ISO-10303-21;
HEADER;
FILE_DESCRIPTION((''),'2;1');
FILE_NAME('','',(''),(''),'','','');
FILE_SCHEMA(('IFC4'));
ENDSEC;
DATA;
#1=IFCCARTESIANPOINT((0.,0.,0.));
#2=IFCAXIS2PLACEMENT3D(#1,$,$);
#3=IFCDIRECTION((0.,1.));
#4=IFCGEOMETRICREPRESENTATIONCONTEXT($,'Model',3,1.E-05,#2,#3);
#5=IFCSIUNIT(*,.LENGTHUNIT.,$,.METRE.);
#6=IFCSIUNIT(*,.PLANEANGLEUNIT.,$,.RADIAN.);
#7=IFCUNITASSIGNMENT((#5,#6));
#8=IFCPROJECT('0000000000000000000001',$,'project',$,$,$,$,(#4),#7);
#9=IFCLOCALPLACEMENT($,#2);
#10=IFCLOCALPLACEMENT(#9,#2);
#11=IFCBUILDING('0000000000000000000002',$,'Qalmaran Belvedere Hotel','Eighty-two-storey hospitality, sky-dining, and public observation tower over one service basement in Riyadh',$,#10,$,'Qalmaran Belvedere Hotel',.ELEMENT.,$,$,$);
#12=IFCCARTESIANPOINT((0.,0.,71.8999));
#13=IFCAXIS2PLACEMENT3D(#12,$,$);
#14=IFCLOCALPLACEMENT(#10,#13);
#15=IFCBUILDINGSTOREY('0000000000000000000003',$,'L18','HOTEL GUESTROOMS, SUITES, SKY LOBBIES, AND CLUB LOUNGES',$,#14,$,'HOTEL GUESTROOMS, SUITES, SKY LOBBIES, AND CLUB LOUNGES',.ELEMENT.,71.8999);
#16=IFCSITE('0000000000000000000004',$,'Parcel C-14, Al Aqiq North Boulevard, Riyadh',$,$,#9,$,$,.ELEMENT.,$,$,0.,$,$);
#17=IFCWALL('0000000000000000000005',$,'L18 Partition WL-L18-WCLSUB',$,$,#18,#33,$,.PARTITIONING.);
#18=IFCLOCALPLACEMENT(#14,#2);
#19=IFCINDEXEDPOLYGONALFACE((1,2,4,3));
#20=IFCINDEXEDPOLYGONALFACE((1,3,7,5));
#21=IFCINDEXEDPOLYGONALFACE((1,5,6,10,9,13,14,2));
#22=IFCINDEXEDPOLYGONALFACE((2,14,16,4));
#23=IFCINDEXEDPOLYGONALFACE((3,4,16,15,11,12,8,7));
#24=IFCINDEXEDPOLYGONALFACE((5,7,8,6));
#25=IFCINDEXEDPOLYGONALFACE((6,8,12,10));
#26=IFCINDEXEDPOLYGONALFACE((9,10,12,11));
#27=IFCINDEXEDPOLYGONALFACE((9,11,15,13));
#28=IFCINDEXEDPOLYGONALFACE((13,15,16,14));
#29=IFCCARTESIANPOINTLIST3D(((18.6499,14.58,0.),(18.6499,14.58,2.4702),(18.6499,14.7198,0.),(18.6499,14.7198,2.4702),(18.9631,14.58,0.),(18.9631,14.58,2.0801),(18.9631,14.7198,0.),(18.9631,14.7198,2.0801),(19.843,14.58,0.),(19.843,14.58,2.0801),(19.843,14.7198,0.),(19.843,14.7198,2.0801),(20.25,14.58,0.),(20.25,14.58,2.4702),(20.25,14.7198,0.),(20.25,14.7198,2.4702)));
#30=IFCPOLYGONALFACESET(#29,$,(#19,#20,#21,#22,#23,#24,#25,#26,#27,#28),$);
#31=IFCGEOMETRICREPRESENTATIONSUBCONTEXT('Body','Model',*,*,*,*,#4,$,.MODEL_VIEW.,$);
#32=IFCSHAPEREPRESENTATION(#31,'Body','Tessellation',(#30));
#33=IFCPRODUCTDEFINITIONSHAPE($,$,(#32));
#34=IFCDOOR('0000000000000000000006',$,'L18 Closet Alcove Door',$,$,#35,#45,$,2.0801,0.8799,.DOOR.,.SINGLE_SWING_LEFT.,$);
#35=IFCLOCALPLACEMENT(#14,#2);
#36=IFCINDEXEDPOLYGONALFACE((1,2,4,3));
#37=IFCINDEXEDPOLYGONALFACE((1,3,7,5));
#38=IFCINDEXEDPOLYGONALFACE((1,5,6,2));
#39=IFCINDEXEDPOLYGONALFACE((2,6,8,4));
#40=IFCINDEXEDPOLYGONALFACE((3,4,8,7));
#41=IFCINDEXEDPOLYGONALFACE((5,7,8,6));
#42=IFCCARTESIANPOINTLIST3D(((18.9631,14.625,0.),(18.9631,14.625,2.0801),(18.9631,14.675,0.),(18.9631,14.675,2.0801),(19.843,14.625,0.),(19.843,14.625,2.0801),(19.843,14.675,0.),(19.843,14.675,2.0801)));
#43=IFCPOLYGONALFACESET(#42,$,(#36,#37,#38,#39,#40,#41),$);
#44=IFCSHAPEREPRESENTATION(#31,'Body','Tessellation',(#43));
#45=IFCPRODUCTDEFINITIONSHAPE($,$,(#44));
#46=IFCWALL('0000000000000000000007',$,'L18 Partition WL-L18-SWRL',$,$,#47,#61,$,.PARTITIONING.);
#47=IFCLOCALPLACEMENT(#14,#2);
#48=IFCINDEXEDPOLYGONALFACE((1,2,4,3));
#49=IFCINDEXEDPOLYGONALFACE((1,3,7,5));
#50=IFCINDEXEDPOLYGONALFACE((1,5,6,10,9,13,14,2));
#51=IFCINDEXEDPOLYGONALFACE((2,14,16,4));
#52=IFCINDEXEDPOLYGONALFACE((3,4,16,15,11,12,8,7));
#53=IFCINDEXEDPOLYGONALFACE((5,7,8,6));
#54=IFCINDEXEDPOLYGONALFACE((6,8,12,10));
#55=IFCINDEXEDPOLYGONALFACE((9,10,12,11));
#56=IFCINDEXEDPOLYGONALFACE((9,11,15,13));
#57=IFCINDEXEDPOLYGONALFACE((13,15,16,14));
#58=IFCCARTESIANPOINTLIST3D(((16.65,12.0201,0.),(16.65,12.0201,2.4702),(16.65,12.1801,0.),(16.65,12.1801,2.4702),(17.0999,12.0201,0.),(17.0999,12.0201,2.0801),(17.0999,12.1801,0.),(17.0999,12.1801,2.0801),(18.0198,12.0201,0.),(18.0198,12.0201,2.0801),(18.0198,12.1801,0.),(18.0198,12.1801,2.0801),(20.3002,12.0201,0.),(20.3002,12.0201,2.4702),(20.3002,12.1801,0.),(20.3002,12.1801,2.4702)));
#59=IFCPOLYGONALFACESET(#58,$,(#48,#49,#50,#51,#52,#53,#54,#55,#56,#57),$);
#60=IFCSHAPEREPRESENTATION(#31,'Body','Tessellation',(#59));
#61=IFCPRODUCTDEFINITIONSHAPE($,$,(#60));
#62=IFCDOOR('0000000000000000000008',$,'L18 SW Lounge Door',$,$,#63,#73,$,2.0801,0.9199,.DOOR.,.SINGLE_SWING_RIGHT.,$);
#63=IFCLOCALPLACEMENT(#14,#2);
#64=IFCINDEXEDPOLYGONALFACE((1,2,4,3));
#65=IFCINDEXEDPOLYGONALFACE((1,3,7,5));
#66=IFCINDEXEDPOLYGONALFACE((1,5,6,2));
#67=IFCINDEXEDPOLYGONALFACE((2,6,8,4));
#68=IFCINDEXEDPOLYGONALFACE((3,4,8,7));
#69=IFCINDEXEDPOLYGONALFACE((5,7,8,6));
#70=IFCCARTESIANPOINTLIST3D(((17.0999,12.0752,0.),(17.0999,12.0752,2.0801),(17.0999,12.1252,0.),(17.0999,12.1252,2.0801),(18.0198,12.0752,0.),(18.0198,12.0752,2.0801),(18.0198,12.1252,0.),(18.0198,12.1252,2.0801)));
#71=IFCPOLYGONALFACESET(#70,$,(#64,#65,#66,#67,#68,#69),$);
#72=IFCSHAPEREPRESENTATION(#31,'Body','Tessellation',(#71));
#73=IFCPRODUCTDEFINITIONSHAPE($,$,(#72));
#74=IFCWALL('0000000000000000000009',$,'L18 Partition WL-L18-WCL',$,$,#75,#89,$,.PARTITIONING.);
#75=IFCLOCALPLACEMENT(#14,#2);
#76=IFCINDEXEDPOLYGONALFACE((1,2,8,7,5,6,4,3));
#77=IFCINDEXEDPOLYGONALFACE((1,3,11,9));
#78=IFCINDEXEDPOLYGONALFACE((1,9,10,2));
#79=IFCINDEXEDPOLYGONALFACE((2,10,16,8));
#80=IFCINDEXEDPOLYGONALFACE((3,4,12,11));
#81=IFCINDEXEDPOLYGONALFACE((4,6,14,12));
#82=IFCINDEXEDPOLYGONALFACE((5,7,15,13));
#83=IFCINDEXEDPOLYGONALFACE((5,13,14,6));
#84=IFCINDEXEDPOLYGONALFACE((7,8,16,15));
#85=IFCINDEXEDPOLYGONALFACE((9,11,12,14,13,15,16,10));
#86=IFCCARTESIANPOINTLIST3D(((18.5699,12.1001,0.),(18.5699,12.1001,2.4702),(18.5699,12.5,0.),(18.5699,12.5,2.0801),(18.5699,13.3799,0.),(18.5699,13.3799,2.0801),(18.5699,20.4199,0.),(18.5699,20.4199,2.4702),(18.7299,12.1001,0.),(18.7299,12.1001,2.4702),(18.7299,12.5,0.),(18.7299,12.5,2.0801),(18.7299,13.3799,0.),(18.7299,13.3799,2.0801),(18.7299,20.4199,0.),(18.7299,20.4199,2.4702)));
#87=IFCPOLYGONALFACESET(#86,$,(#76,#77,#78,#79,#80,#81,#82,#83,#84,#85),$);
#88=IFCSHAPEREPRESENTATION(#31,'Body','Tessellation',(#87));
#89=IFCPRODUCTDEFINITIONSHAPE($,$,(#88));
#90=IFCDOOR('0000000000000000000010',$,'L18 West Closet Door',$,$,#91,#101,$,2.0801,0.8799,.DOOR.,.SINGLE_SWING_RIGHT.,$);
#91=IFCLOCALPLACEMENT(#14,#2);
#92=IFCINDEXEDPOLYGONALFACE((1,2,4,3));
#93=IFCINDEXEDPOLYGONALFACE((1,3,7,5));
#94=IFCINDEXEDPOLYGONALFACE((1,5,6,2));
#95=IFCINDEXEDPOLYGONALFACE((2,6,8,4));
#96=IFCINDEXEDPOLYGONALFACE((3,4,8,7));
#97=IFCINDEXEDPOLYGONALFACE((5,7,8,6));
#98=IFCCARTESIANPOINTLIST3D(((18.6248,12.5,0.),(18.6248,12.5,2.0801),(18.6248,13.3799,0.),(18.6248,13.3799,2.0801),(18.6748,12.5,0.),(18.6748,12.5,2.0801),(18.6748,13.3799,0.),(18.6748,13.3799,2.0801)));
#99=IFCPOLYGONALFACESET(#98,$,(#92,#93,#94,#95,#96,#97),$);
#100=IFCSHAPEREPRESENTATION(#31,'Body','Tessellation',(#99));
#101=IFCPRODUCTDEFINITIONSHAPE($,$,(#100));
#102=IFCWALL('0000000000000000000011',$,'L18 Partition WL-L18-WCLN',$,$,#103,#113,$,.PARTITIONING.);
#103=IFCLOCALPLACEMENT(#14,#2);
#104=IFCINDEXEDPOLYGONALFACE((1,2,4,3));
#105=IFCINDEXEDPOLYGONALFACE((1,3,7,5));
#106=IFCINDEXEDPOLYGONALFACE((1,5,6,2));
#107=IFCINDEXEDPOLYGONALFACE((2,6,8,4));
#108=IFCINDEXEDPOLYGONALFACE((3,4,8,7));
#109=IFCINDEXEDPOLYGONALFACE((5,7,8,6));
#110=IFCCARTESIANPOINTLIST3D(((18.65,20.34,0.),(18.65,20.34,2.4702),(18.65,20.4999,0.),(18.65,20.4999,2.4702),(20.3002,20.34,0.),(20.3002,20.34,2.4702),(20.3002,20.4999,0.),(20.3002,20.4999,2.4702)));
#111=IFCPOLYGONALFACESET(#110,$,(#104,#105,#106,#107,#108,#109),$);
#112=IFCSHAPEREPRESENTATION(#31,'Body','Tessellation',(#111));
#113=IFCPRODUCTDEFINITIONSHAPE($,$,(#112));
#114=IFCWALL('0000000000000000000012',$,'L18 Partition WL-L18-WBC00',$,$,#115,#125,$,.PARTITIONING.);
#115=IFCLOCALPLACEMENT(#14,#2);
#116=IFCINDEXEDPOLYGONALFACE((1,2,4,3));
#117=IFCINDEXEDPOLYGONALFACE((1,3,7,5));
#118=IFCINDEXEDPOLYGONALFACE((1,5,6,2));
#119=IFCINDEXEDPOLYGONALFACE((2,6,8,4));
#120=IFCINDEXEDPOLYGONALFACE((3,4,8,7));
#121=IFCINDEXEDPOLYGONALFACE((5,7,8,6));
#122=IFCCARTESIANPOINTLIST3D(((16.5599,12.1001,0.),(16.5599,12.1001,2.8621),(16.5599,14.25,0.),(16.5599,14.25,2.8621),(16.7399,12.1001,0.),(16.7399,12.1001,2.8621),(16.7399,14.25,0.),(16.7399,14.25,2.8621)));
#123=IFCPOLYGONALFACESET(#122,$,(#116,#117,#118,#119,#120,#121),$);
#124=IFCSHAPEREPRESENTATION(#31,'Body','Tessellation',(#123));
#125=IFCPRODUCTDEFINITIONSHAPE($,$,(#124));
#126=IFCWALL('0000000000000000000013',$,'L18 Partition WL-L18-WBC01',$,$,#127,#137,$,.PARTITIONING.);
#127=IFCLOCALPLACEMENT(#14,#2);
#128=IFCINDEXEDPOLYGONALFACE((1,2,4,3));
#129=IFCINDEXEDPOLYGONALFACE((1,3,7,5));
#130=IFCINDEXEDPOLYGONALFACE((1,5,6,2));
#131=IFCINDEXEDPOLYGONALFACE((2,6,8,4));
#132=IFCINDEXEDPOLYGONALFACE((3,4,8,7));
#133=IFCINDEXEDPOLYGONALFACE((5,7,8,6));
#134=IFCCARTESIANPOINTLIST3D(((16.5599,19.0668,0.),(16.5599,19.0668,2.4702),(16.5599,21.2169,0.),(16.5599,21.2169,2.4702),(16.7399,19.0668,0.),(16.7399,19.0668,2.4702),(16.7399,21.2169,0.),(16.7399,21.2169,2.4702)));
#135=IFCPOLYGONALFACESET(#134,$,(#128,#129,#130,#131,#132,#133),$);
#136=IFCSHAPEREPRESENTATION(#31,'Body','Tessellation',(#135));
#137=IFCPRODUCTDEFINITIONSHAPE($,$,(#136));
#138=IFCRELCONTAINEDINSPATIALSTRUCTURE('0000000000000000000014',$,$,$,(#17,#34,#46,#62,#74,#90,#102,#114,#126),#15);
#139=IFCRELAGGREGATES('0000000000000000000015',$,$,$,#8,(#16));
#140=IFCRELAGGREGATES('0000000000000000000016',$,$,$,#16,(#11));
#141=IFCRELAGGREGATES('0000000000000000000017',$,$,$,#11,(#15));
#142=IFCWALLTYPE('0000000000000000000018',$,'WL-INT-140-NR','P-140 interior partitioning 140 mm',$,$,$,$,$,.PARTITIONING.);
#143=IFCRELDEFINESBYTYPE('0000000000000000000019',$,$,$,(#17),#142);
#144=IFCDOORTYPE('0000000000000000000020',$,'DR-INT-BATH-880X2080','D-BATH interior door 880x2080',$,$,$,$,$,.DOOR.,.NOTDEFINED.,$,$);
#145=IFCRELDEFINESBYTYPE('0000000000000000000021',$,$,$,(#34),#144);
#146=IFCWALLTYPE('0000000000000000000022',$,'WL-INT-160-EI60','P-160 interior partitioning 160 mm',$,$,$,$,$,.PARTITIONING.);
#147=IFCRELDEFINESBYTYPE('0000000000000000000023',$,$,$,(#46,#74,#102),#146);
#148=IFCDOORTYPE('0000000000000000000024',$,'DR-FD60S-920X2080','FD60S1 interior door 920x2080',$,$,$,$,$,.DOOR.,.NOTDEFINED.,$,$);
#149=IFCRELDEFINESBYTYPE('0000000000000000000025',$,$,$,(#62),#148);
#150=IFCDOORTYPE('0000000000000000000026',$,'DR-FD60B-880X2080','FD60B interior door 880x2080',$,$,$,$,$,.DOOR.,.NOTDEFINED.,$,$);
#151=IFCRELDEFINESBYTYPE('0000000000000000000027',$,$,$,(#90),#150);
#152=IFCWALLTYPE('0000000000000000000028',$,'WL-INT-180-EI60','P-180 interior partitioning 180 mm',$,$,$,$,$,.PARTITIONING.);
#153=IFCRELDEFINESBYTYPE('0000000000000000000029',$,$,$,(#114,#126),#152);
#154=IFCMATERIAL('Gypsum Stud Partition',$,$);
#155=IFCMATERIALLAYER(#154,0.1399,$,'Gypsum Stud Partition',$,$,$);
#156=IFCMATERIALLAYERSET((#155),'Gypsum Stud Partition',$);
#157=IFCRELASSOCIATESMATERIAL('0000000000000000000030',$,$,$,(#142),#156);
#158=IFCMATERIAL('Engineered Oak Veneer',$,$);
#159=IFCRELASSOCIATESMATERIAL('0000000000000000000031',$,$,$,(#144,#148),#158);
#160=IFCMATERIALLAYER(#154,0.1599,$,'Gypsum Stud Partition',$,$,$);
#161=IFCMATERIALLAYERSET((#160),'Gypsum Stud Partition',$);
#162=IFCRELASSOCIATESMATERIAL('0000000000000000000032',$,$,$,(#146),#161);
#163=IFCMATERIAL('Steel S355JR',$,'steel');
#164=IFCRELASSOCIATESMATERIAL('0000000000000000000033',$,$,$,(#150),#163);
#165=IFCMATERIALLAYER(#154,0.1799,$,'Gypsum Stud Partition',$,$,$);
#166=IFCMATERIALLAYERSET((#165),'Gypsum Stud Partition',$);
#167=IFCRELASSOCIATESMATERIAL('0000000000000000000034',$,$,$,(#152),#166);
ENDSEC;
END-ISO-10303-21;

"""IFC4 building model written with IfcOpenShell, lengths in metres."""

from ifc_helpers import new_model, si_unit, direction, frame, frame_2d, origin, place, context, subcontext, project, spatial, rectangle, extrude, material, layer, layer_set, type_object, element, fill, save


model = new_model("IFC4")

# Units and contexts
model_context = context("Model", 3, precision=1e-05, world=origin(), true_north=direction((0.0, 1.0)))
body_context = subcontext(model_context, "Body", "Model", "MODEL_VIEW")
ifc_project = project(units=[si_unit("LENGTHUNIT", "METRE"), si_unit("PLANEANGLEUNIT", "RADIAN")], contexts=[model_context])

# Site, building, storey
site_placement = place(None, origin())
site = spatial("IfcSite", under=ifc_project, at=site_placement, Name="Parcel C-14, Al Aqiq North Boulevard, Riyadh", CompositionType="ELEMENT", RefElevation=0.0)
building_placement = place(site_placement, origin())
building = spatial("IfcBuilding", under=site, at=building_placement, Name="Qalmaran Belvedere Hotel", Description="Eighty-two-storey hospitality, sky-dining, and public observation tower over one service basement in Riyadh", LongName="Qalmaran Belvedere Hotel", CompositionType="ELEMENT")
storey_placement = place(building_placement, frame((0.0, 0.0, 71.8999)))
storey = spatial("IfcBuildingStorey", under=building, at=storey_placement, Name="L18", Description="HOTEL GUESTROOMS, SUITES, SKY LOBBIES, AND CLUB LOUNGES", LongName="HOTEL GUESTROOMS, SUITES, SKY LOBBIES, AND CLUB LOUNGES", CompositionType="ELEMENT", Elevation=71.8999)

# Walls, openings, doors
ifc_material_1 = material(Name="Gypsum Stud Partition")
ifc_layer_1 = layer(ifc_material_1, 0.1399, Name="Gypsum Stud Partition")
ifc_layer_set_1 = layer_set([ifc_layer_1], Name="Gypsum Stud Partition")
wall_type_1 = type_object("IfcWallType", Name="WL-INT-140-NR", Description="P-140 interior partitioning 140 mm", PredefinedType="PARTITIONING", material=ifc_layer_set_1)
wall_1_placement = place(storey_placement, frame((18.6499, 14.6499, 0.0), z_axis=(0.0, 0.0, 1.0), x_axis=(1.0, 0.0, 0.0)))
wall_1 = element("IfcWall", 1, at=wall_1_placement, inside=storey, type_object=wall_type_1, Name="L18 Partition WL-L18-WCLSUB", PredefinedType="PARTITIONING", context=body_context, shape_type="SweptSolid", body=[
    extrude(rectangle(XDim=1.6001, YDim=0.1399, at=frame_2d((0.8, 0.0))), origin(), (0.0, 0.0, 1.0), 2.4702),
])
opening_1_placement = place(wall_1_placement, frame((1.1931, 0.0, 0.0), z_axis=(0.0, 0.0, 1.0), x_axis=(-1.0, 0.0, 0.0)))
opening_1 = element("IfcOpeningElement", 2, at=opening_1_placement, cuts=wall_1, PredefinedType="OPENING", context=body_context, shape_type="SweptSolid", body=[
    extrude(rectangle(XDim=0.8799, YDim=2.0801, at=frame_2d((0.4399, 1.04))), frame((0.0, 0.0801, 0.0), z_axis=(0.0, -1.0, 0.0), x_axis=(1.0, 0.0, 0.0)), (0.0, 0.0, 1.0), 0.1599),
])
ifc_material_2 = material(Name="Engineered Oak Veneer")
door_type_1 = type_object("IfcDoorType", Name="DR-INT-BATH-880X2080", Description="D-BATH interior door 880x2080", OperationType="NOTDEFINED", PredefinedType="DOOR", material=ifc_material_2)
door_1_placement = place(opening_1_placement, origin())
door_1 = element("IfcDoor", 3, at=door_1_placement, inside=storey, type_object=door_type_1, Name="L18 Closet Alcove Door", OperationType="SINGLE_SWING_LEFT", OverallHeight=2.0801, OverallWidth=0.8799, PredefinedType="DOOR", context=body_context, shape_type="SweptSolid", body=[
    extrude(rectangle(XDim=0.8799, YDim=2.0801, at=frame_2d((0.4399, 1.04))), frame((0.0, 0.0249, 0.0), z_axis=(0.0, -1.0, 0.0), x_axis=(1.0, 0.0, 0.0)), (0.0, 0.0, 1.0), 0.05),
])
fill(opening_1, door_1)
ifc_layer_2 = layer(ifc_material_1, 0.1599, Name="Gypsum Stud Partition")
ifc_layer_set_2 = layer_set([ifc_layer_2], Name="Gypsum Stud Partition")
wall_type_2 = type_object("IfcWallType", Name="WL-INT-160-EI60", Description="P-160 interior partitioning 160 mm", PredefinedType="PARTITIONING", material=ifc_layer_set_2)
wall_2_placement = place(storey_placement, frame((16.6499, 12.1001, 0.0), z_axis=(0.0, 0.0, 1.0), x_axis=(1.0, 0.0, 0.0)))
wall_2 = element("IfcWall", 4, at=wall_2_placement, inside=storey, type_object=wall_type_2, Name="L18 Partition WL-L18-SWRL", PredefinedType="PARTITIONING", context=body_context, shape_type="SweptSolid", body=[
    extrude(rectangle(XDim=3.6501, YDim=0.1599, at=frame_2d((1.8252, 0.0))), origin(), (0.0, 0.0, 1.0), 2.4702),
])
opening_2_placement = place(wall_2_placement, frame((1.3699, 0.0, 0.0), z_axis=(0.0, 0.0, 1.0), x_axis=(-1.0, 0.0, 0.0)))
opening_2 = element("IfcOpeningElement", 5, at=opening_2_placement, cuts=wall_2, PredefinedType="OPENING", context=body_context, shape_type="SweptSolid", body=[
    extrude(rectangle(XDim=0.9199, YDim=2.0801, at=frame_2d((0.46, 1.04))), frame((0.0, 0.0898, 0.0), z_axis=(0.0, -1.0, 0.0), x_axis=(1.0, 0.0, 0.0)), (0.0, 0.0, 1.0), 0.1799),
])
door_type_2 = type_object("IfcDoorType", Name="DR-FD60S-920X2080", Description="FD60S1 interior door 920x2080", OperationType="NOTDEFINED", PredefinedType="DOOR", material=ifc_material_2)
door_2_placement = place(opening_2_placement, origin())
door_2 = element("IfcDoor", 6, at=door_2_placement, inside=storey, type_object=door_type_2, Name="L18 SW Lounge Door", OperationType="SINGLE_SWING_RIGHT", OverallHeight=2.0801, OverallWidth=0.9199, PredefinedType="DOOR", context=body_context, shape_type="SweptSolid", body=[
    extrude(rectangle(XDim=0.9199, YDim=2.0801, at=frame_2d((0.46, 1.04))), frame((0.0, 0.0249, 0.0), z_axis=(0.0, -1.0, 0.0), x_axis=(1.0, 0.0, 0.0)), (0.0, 0.0, 1.0), 0.05),
])
fill(opening_2, door_2)
wall_3_placement = place(storey_placement, frame((18.6499, 12.1001, 0.0), z_axis=(0.0, 0.0, 1.0), x_axis=(0.0, 1.0, 0.0)))
wall_3 = element("IfcWall", 7, at=wall_3_placement, inside=storey, type_object=wall_type_2, Name="L18 Partition WL-L18-WCL", PredefinedType="PARTITIONING", context=body_context, shape_type="SweptSolid", body=[
    extrude(rectangle(XDim=8.3198, YDim=0.1599, at=frame_2d((4.1599, 0.0))), origin(), (0.0, 0.0, 1.0), 2.4702),
])
opening_3_placement = place(wall_3_placement, frame((1.2798, 0.0, 0.0), z_axis=(0.0, 0.0, 1.0), x_axis=(-1.0, 0.0, 0.0)))
opening_3 = element("IfcOpeningElement", 8, at=opening_3_placement, cuts=wall_3, PredefinedType="OPENING", context=body_context, shape_type="SweptSolid", body=[
    extrude(rectangle(XDim=0.8799, YDim=2.0801, at=frame_2d((0.4399, 1.04))), frame((0.0, 0.0898, 0.0), z_axis=(0.0, -1.0, 0.0), x_axis=(1.0, 0.0, 0.0)), (0.0, 0.0, 1.0), 0.1799),
])
ifc_material_3 = material(Name="Steel S355JR", Category="steel")
door_type_3 = type_object("IfcDoorType", Name="DR-FD60B-880X2080", Description="FD60B interior door 880x2080", OperationType="NOTDEFINED", PredefinedType="DOOR", material=ifc_material_3)
door_3_placement = place(opening_3_placement, origin())
door_3 = element("IfcDoor", 9, at=door_3_placement, inside=storey, type_object=door_type_3, Name="L18 West Closet Door", OperationType="SINGLE_SWING_RIGHT", OverallHeight=2.0801, OverallWidth=0.8799, PredefinedType="DOOR", context=body_context, shape_type="SweptSolid", body=[
    extrude(rectangle(XDim=0.8799, YDim=2.0801, at=frame_2d((0.4399, 1.04))), frame((0.0, 0.0249, 0.0), z_axis=(0.0, -1.0, 0.0), x_axis=(1.0, 0.0, 0.0)), (0.0, 0.0, 1.0), 0.05),
])
fill(opening_3, door_3)

# Walls
wall_4_placement = place(storey_placement, frame((18.6499, 20.4199, 0.0), z_axis=(0.0, 0.0, 1.0), x_axis=(1.0, 0.0, 0.0)))
element("IfcWall", 10, at=wall_4_placement, inside=storey, type_object=wall_type_2, Name="L18 Partition WL-L18-WCLN", PredefinedType="PARTITIONING", context=body_context, shape_type="SweptSolid", body=[
    extrude(rectangle(XDim=1.6501, YDim=0.1599, at=frame_2d((0.8252, 0.0))), origin(), (0.0, 0.0, 1.0), 2.4702),
])
ifc_layer_3 = layer(ifc_material_1, 0.1799, Name="Gypsum Stud Partition")
ifc_layer_set_3 = layer_set([ifc_layer_3], Name="Gypsum Stud Partition")
wall_type_3 = type_object("IfcWallType", Name="WL-INT-180-EI60", Description="P-180 interior partitioning 180 mm", PredefinedType="PARTITIONING", material=ifc_layer_set_3)
wall_5_placement = place(storey_placement, frame((16.6499, 12.1001, 0.0), z_axis=(0.0, 0.0, 1.0), x_axis=(0.0, 1.0, 0.0)))
element("IfcWall", 11, at=wall_5_placement, inside=storey, type_object=wall_type_3, Name="L18 Partition WL-L18-WBC00", PredefinedType="PARTITIONING", context=body_context, shape_type="SweptSolid", body=[
    extrude(rectangle(XDim=2.1499, YDim=0.1799, at=frame_2d((1.075, 0.0))), origin(), (0.0, 0.0, 1.0), 2.8621),
])

# Wall
wall_6_placement = place(storey_placement, frame((16.6499, 19.0667, 0.0), z_axis=(0.0, 0.0, 1.0), x_axis=(0.0, 1.0, 0.0)))
element("IfcWall", 12, at=wall_6_placement, inside=storey, type_object=wall_type_3, Name="L18 Partition WL-L18-WBC01", PredefinedType="PARTITIONING", context=body_context, shape_type="SweptSolid", body=[
    extrude(rectangle(XDim=2.1501, YDim=0.1799, at=frame_2d((1.0752, 0.0))), origin(), (0.0, 0.0, 1.0), 2.4702),
])

save(model, "model.ifc")
